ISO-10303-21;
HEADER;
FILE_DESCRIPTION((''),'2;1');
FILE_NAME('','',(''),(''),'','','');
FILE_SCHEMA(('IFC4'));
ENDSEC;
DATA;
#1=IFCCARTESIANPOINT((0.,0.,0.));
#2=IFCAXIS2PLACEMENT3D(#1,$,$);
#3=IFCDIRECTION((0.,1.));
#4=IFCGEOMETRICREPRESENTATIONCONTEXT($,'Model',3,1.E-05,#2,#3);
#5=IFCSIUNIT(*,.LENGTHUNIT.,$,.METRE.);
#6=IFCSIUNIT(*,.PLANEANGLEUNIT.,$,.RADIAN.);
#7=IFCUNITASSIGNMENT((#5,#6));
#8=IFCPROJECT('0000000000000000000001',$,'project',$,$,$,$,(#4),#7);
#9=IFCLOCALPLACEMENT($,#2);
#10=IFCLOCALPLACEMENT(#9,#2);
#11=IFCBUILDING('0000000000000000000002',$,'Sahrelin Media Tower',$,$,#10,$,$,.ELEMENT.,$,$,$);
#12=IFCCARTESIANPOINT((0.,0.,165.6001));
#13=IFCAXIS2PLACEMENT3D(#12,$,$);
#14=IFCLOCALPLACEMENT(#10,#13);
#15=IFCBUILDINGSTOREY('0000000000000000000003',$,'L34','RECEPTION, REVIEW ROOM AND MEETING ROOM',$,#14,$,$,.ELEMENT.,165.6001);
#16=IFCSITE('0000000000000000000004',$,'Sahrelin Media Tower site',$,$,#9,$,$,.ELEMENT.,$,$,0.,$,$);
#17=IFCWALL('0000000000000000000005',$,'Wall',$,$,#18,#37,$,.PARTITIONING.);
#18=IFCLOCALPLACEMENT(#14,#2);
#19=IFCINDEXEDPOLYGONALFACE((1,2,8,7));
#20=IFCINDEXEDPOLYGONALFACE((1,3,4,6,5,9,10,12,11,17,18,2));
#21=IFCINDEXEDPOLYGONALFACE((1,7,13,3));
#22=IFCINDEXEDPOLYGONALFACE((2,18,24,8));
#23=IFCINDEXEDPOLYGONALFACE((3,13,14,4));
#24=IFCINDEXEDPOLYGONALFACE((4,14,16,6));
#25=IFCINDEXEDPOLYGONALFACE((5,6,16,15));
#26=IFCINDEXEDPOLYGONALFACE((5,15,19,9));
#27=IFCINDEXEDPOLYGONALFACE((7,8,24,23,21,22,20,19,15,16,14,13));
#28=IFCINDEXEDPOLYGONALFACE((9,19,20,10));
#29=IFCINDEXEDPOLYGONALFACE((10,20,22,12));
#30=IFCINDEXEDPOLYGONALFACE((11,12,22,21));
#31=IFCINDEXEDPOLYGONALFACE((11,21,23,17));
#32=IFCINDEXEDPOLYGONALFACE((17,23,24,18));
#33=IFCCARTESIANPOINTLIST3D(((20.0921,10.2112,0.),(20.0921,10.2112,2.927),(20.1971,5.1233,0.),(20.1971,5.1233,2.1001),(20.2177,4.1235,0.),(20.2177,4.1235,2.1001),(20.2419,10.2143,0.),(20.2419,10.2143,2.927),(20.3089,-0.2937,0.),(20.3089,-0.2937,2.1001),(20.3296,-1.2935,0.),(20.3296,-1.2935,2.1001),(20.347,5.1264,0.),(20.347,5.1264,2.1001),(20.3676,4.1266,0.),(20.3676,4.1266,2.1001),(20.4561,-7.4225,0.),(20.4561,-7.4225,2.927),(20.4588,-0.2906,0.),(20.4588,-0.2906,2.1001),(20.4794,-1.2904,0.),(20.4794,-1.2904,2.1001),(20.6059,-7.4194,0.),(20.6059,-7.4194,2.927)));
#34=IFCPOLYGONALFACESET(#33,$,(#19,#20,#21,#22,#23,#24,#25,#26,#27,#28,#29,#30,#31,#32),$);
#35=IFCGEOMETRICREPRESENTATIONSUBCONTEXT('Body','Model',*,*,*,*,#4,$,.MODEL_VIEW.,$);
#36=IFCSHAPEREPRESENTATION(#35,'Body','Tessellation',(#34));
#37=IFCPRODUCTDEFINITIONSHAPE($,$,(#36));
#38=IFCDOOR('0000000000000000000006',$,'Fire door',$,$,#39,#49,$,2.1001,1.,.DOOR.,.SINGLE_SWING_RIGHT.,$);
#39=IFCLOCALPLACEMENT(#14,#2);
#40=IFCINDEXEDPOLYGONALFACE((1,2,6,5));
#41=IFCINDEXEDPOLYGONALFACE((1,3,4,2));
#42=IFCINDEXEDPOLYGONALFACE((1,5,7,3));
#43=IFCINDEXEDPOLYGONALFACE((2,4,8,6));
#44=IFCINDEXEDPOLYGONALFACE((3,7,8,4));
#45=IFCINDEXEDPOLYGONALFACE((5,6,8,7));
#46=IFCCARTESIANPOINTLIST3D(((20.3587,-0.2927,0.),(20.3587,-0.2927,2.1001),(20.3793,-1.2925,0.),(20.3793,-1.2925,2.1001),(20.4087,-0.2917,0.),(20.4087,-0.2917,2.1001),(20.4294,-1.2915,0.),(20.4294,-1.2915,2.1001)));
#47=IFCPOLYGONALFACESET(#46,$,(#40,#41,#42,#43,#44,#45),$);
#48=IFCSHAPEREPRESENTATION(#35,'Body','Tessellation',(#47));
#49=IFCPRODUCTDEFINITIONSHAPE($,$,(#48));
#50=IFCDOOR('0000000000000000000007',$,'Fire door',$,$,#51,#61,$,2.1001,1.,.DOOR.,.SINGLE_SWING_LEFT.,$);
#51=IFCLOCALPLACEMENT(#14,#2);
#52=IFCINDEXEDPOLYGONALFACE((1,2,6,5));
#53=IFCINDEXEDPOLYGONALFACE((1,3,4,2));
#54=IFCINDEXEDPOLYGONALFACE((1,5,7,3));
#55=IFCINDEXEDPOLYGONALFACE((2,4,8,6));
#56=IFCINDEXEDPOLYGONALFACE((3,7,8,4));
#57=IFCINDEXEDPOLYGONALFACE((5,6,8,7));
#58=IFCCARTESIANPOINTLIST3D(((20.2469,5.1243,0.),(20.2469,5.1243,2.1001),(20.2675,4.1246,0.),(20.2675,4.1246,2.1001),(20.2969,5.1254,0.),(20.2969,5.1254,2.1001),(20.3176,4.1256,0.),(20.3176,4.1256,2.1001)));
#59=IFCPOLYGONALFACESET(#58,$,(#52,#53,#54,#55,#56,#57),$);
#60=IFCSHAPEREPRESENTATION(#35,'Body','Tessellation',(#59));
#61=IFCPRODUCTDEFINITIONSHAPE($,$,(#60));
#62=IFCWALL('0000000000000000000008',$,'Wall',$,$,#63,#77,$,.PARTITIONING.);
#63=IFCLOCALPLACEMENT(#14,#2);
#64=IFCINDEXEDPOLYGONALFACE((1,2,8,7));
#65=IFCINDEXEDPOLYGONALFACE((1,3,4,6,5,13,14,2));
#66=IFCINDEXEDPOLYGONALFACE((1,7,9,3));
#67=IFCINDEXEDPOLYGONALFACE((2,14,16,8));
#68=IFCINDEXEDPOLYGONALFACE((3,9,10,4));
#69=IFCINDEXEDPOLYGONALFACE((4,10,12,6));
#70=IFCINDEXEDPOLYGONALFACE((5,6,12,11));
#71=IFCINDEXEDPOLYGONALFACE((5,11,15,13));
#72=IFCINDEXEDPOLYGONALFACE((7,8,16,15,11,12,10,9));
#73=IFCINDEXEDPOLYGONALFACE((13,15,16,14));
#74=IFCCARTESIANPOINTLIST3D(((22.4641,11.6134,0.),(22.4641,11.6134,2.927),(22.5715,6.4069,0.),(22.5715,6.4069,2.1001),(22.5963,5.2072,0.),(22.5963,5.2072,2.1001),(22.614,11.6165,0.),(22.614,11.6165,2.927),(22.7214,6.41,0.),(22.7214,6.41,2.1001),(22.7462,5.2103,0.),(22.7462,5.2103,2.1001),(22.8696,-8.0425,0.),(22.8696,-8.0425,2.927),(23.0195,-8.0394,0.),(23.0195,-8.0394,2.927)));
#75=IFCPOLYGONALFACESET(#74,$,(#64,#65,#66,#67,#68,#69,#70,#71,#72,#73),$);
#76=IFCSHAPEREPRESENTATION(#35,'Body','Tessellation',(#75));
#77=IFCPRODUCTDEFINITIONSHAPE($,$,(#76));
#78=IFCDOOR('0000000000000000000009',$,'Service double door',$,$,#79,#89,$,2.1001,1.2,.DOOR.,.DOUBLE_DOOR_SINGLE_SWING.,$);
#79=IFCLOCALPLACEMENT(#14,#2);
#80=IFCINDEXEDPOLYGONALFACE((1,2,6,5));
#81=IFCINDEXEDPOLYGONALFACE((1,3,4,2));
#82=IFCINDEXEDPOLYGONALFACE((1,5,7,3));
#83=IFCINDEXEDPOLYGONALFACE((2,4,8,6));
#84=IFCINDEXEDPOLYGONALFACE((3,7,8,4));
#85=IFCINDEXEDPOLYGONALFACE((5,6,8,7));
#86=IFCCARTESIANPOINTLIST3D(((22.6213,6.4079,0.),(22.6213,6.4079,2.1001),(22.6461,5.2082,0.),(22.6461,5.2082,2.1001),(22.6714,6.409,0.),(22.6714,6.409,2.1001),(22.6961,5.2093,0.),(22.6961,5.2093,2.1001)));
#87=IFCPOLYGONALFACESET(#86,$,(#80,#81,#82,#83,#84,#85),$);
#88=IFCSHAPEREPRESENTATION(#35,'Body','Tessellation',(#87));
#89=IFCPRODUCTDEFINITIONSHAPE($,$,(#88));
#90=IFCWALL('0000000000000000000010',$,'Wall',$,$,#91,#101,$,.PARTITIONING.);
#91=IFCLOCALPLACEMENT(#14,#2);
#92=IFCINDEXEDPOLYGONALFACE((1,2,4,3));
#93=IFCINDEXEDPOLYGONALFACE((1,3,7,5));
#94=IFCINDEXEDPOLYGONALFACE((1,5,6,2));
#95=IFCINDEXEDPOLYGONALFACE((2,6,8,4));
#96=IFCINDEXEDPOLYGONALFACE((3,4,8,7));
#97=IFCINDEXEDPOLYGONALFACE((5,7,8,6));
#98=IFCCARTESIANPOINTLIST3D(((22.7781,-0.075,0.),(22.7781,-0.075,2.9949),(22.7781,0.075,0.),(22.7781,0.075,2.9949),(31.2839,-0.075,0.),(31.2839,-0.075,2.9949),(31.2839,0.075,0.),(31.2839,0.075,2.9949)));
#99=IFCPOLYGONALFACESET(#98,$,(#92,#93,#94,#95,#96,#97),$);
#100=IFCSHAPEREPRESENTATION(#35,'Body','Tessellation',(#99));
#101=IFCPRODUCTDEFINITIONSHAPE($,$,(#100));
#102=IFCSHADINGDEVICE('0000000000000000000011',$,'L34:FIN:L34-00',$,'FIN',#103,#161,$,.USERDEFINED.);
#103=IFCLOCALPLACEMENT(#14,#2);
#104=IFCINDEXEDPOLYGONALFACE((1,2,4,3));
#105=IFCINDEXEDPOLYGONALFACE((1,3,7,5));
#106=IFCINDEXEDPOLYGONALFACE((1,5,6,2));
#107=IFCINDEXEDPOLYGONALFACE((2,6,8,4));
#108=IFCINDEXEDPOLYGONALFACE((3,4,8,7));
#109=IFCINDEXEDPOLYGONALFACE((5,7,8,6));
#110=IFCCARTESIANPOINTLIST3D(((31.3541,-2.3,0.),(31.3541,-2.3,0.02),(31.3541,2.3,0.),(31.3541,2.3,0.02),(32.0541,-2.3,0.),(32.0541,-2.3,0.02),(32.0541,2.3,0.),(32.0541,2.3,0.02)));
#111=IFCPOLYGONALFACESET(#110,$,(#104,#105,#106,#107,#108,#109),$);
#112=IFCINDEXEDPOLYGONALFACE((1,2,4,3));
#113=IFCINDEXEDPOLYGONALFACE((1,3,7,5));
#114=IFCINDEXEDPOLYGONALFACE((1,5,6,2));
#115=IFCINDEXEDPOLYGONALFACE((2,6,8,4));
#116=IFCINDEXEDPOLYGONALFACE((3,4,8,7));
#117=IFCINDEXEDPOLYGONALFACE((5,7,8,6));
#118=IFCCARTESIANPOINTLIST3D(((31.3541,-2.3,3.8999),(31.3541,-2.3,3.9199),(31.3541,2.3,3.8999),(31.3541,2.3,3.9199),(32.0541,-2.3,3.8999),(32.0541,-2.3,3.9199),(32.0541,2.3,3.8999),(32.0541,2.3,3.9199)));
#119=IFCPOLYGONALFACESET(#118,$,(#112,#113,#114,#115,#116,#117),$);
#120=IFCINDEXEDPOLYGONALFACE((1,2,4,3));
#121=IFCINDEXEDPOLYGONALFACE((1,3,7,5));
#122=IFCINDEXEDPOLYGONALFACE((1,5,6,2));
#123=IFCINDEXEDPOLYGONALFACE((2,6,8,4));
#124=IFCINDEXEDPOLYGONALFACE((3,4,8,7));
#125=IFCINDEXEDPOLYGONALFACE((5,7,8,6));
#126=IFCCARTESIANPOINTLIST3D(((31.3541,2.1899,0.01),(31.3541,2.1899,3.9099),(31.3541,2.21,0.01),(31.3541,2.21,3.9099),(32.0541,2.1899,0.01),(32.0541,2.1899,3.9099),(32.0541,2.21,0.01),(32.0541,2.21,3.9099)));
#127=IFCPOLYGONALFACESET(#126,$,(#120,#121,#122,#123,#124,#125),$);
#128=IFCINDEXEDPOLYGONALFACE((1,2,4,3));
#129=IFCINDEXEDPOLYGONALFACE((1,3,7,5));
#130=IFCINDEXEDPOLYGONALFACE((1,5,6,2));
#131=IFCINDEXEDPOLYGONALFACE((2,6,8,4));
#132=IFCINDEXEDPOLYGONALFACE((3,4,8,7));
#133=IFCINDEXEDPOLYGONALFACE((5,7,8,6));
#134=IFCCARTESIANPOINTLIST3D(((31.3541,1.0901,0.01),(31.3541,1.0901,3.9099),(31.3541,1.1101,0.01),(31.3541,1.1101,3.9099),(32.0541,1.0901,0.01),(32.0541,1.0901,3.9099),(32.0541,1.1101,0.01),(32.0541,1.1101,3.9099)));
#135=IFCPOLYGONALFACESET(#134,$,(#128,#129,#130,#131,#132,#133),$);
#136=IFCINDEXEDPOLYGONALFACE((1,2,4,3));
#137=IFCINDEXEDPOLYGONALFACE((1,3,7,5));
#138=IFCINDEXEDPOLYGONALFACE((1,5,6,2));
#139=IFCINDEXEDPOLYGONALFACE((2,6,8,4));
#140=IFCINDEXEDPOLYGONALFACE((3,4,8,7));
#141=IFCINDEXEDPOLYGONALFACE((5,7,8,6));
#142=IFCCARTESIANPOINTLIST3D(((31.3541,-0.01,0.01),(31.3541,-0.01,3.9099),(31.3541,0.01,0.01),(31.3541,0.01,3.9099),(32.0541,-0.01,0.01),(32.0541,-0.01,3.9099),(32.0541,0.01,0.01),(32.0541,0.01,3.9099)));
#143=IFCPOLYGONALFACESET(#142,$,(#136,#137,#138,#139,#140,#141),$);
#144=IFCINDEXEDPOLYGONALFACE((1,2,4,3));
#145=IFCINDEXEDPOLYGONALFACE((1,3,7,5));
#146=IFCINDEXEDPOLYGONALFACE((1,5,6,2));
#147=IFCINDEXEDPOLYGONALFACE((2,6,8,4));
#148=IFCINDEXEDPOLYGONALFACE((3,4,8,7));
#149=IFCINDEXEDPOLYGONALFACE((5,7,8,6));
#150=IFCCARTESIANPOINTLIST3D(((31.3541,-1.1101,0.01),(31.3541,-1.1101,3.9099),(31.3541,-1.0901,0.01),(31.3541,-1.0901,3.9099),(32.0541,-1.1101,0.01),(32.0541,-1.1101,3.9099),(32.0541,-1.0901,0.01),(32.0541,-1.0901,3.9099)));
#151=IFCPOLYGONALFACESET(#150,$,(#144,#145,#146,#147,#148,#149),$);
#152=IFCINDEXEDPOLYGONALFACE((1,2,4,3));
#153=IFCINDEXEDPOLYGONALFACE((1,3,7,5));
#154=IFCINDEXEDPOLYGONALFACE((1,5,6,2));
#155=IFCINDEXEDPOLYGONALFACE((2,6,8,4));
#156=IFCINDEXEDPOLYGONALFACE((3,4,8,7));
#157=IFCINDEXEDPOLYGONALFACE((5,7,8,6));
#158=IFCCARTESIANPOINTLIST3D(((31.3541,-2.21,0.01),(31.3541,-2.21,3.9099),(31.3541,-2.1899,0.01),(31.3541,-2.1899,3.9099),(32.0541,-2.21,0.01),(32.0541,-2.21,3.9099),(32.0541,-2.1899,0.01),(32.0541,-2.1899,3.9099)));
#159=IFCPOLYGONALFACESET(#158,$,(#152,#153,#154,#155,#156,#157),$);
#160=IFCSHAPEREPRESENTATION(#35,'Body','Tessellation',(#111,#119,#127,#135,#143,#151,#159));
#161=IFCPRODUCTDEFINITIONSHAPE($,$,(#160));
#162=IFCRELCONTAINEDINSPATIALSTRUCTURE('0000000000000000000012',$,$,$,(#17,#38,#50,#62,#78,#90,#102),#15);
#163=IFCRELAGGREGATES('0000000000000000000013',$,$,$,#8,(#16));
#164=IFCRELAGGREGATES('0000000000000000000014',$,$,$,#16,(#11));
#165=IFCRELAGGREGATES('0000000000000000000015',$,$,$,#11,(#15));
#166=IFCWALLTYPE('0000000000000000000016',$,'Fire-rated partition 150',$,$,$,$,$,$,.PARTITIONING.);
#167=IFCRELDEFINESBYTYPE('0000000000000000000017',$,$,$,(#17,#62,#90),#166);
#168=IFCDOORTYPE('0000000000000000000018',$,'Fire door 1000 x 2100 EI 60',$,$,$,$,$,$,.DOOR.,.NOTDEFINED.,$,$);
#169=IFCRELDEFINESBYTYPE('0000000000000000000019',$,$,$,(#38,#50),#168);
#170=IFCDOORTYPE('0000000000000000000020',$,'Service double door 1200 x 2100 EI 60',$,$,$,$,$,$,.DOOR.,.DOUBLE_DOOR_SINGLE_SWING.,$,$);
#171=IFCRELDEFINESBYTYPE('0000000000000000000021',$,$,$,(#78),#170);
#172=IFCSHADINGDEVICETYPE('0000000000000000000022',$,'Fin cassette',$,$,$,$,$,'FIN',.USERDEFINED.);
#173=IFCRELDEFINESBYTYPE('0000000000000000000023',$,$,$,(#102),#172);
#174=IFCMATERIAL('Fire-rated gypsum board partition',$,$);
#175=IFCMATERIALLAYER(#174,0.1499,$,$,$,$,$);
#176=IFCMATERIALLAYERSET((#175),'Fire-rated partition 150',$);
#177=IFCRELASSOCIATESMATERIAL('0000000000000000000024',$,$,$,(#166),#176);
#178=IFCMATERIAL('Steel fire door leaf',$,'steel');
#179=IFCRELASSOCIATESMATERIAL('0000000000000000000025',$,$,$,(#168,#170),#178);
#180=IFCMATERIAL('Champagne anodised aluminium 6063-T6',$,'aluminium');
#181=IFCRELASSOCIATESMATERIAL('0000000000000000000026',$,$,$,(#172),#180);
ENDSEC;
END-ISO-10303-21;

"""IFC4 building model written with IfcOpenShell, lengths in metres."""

from ifc_helpers import new_model, si_unit, direction, frame, frame_2d, origin, origin_2d, place, context, subcontext, project, spatial, rectangle, extrude, material, layer, layer_set, type_object, element, fill, save


model = new_model("IFC4")

# Units and contexts
model_context = context("Model", 3, precision=1e-05, world=origin(), true_north=direction((0.0, 1.0)))
body_context = subcontext(model_context, "Body", "Model", "MODEL_VIEW")
ifc_project = project(units=[si_unit("LENGTHUNIT", "METRE"), si_unit("PLANEANGLEUNIT", "RADIAN")], contexts=[model_context])

# Site, building, storey
site_placement = place(None, origin())
site = spatial("IfcSite", under=ifc_project, at=site_placement, Name="Sahrelin Media Tower site", CompositionType="ELEMENT", RefElevation=0.0)
building_placement = place(site_placement, origin())
building = spatial("IfcBuilding", under=site, at=building_placement, Name="Sahrelin Media Tower", CompositionType="ELEMENT")
storey_placement = place(building_placement, frame((0.0, 0.0, 165.6001)))
storey = spatial("IfcBuildingStorey", under=building, at=storey_placement, Name="L34", Description="RECEPTION, REVIEW ROOM AND MEETING ROOM", CompositionType="ELEMENT", Elevation=165.6001)

# Shared definitions
ifc_material_1 = material(Name="Champagne anodised aluminium 6063-T6", Category="aluminium")

# Wall, openings, doors
ifc_material_2 = material(Name="Fire-rated gypsum board partition")
ifc_layer_1 = layer(ifc_material_2, 0.1499)
ifc_layer_set_1 = layer_set([ifc_layer_1], Name="Fire-rated partition 150")
wall_type = type_object("IfcWallType", Name="Fire-rated partition 150", PredefinedType="PARTITIONING", material=ifc_layer_set_1)
wall_1_placement = place(storey_placement, frame((20.167, 10.2129, 0.0), z_axis=(0.0, 0.0, 1.0), x_axis=(0.020639, -0.999787, 0.0)))
wall_1 = element("IfcWall", 1, at=wall_1_placement, inside=storey, type_object=wall_type, Name="Wall", PredefinedType="PARTITIONING", context=body_context, shape_type="SweptSolid", body=[
    extrude(rectangle(XDim=17.6375, YDim=0.1499, at=frame_2d((8.8188, 0.0))), origin(), (0.0, 0.0, 1.0), 2.927),
])
opening_1_placement = place(wall_1_placement, frame((10.5073, 0.0, 0.0)))
opening_1 = element("IfcOpeningElement", 2, at=opening_1_placement, cuts=wall_1, PredefinedType="OPENING", context=body_context, shape_type="SweptSolid", body=[
    extrude(rectangle(XDim=1.0, YDim=2.1001, at=frame_2d((0.5, 1.05))), frame((0.0, 0.075, 0.0), z_axis=(0.0, -1.0, 0.0), x_axis=(1.0, 0.0, 0.0)), (0.0, 0.0, 1.0), 0.1499),
])
opening_2_placement = place(wall_1_placement, frame((5.0891, 0.0, 0.0)))
opening_2 = element("IfcOpeningElement", 3, at=opening_2_placement, cuts=wall_1, PredefinedType="OPENING", context=body_context, shape_type="SweptSolid", body=[
    extrude(rectangle(XDim=1.0, YDim=2.1001, at=frame_2d((0.5, 1.05))), frame((0.0, 0.075, 0.0), z_axis=(0.0, -1.0, 0.0), x_axis=(1.0, 0.0, 0.0)), (0.0, 0.0, 1.0), 0.1499),
])
ifc_material_3 = material(Name="Steel fire door leaf", Category="steel")
door_type_1 = type_object("IfcDoorType", Name="Fire door 1000 x 2100 EI 60", OperationType="NOTDEFINED", PredefinedType="DOOR", material=ifc_material_3)
door_1_placement = place(opening_1_placement, origin())
door_1 = element("IfcDoor", 4, at=door_1_placement, inside=storey, type_object=door_type_1, Name="Fire door", OperationType="SINGLE_SWING_RIGHT", OverallHeight=2.1001, OverallWidth=1.0, PredefinedType="DOOR", context=body_context, shape_type="SweptSolid", body=[
    extrude(rectangle(XDim=1.0, YDim=2.1001, at=frame_2d((0.5, 1.05))), frame((0.0, 0.0249, 0.0), z_axis=(0.0, -1.0, 0.0), x_axis=(1.0, 0.0, 0.0)), (0.0, 0.0, 1.0), 0.05),
])
fill(opening_1, door_1)
door_2_placement = place(opening_2_placement, origin())
door_2 = element("IfcDoor", 5, at=door_2_placement, inside=storey, type_object=door_type_1, Name="Fire door", OperationType="SINGLE_SWING_LEFT", OverallHeight=2.1001, OverallWidth=1.0, PredefinedType="DOOR", context=body_context, shape_type="SweptSolid", body=[
    extrude(rectangle(XDim=1.0, YDim=2.1001, at=frame_2d((0.5, 1.05))), frame((0.0, 0.0249, 0.0), z_axis=(0.0, -1.0, 0.0), x_axis=(1.0, 0.0, 0.0)), (0.0, 0.0, 1.0), 0.05),
])
fill(opening_2, door_2)

# Wall, opening, door
wall_2_placement = place(storey_placement, frame((22.5391, 11.615, 0.0), z_axis=(0.0, 0.0, 1.0), x_axis=(0.020626, -0.999787, 0.0)))
wall_2 = element("IfcWall", 6, at=wall_2_placement, inside=storey, type_object=wall_type, Name="Wall", PredefinedType="PARTITIONING", context=body_context, shape_type="SweptSolid", body=[
    extrude(rectangle(XDim=19.6602, YDim=0.1499, at=frame_2d((9.8301, 0.0))), origin(), (0.0, 0.0, 1.0), 2.927),
])
opening_3_placement = place(wall_2_placement, frame((5.2075, 0.0, 0.0)))
opening_3 = element("IfcOpeningElement", 7, at=opening_3_placement, cuts=wall_2, PredefinedType="OPENING", context=body_context, shape_type="SweptSolid", body=[
    extrude(rectangle(XDim=1.2, YDim=2.1001, at=frame_2d((0.6001, 1.05))), frame((0.0, 0.075, 0.0), z_axis=(0.0, -1.0, 0.0), x_axis=(1.0, 0.0, 0.0)), (0.0, 0.0, 1.0), 0.1499),
])
door_type_2 = type_object("IfcDoorType", Name="Service double door 1200 x 2100 EI 60", OperationType="DOUBLE_DOOR_SINGLE_SWING", PredefinedType="DOOR", material=ifc_material_3)
door_3_placement = place(opening_3_placement, origin())
door_3 = element("IfcDoor", 8, at=door_3_placement, inside=storey, type_object=door_type_2, Name="Service double door", OperationType="DOUBLE_DOOR_SINGLE_SWING", OverallHeight=2.1001, OverallWidth=1.2, PredefinedType="DOOR", context=body_context, shape_type="SweptSolid", body=[
    extrude(rectangle(XDim=1.2, YDim=2.1001, at=frame_2d((0.6001, 1.05))), frame((0.0, 0.0249, 0.0), z_axis=(0.0, -1.0, 0.0), x_axis=(1.0, 0.0, 0.0)), (0.0, 0.0, 1.0), 0.05),
])
fill(opening_3, door_3)

# Wall
wall_3_placement = place(storey_placement, frame((22.7781, 0.0, 0.0), z_axis=(0.0, 0.0, 1.0), x_axis=(1.0, 0.0, 0.0)))
element("IfcWall", 9, at=wall_3_placement, inside=storey, type_object=wall_type, Name="Wall", PredefinedType="PARTITIONING", context=body_context, shape_type="SweptSolid", body=[
    extrude(rectangle(XDim=8.5059, YDim=0.1499, at=frame_2d((4.2529, 0.0))), origin(), (0.0, 0.0, 1.0), 2.9949),
])

# Shading device
shading_device_type_1 = type_object("IfcShadingDeviceType", Name="Fin cassette", ElementType="FIN", PredefinedType="USERDEFINED", material=ifc_material_1)
placement_1 = place(storey_placement, frame((31.2842, 0.0, 0.0), z_axis=(0.0, 0.0, 1.0), x_axis=(0.0, -1.0, 0.0)))
element("IfcShadingDevice", 10, at=placement_1, inside=storey, type_object=shading_device_type_1, Name="L34:FIN:L34-00", ObjectType="FIN", PredefinedType="USERDEFINED", context=body_context, shape_type="SweptSolid", body=[
    extrude(rectangle(XDim=4.6001, YDim=0.7, at=origin_2d()), frame((0.0, 0.4199, 0.0)), (0.0, 0.0, 1.0), 0.02),
    extrude(rectangle(XDim=4.6001, YDim=0.7, at=origin_2d()), frame((0.0, 0.4199, 3.8999)), (0.0, 0.0, 1.0), 0.02),
    extrude(rectangle(XDim=0.02, YDim=0.7, at=origin_2d()), frame((-2.2, 0.4199, 0.01), z_axis=(0.0, 0.0, 1.0), x_axis=(1.0, 0.0, 0.0)), (0.0, 0.0, 1.0), 3.8999),
    extrude(rectangle(XDim=0.02, YDim=0.7, at=origin_2d()), frame((-1.1001, 0.4199, 0.01), z_axis=(0.0, 0.0, 1.0), x_axis=(1.0, 0.0, 0.0)), (0.0, 0.0, 1.0), 3.8999),
    extrude(rectangle(XDim=0.02, YDim=0.7, at=origin_2d()), frame((0.0, 0.4199, 0.01), z_axis=(0.0, 0.0, 1.0), x_axis=(1.0, 0.0, 0.0)), (0.0, 0.0, 1.0), 3.8999),
    extrude(rectangle(XDim=0.02, YDim=0.7, at=origin_2d()), frame((1.1001, 0.4199, 0.01), z_axis=(0.0, 0.0, 1.0), x_axis=(1.0, 0.0, 0.0)), (0.0, 0.0, 1.0), 3.8999),
    extrude(rectangle(XDim=0.02, YDim=0.7, at=origin_2d()), frame((2.2, 0.4199, 0.01), z_axis=(0.0, 0.0, 1.0), x_axis=(1.0, 0.0, 0.0)), (0.0, 0.0, 1.0), 3.8999),
])

save(model, "model.ifc")
